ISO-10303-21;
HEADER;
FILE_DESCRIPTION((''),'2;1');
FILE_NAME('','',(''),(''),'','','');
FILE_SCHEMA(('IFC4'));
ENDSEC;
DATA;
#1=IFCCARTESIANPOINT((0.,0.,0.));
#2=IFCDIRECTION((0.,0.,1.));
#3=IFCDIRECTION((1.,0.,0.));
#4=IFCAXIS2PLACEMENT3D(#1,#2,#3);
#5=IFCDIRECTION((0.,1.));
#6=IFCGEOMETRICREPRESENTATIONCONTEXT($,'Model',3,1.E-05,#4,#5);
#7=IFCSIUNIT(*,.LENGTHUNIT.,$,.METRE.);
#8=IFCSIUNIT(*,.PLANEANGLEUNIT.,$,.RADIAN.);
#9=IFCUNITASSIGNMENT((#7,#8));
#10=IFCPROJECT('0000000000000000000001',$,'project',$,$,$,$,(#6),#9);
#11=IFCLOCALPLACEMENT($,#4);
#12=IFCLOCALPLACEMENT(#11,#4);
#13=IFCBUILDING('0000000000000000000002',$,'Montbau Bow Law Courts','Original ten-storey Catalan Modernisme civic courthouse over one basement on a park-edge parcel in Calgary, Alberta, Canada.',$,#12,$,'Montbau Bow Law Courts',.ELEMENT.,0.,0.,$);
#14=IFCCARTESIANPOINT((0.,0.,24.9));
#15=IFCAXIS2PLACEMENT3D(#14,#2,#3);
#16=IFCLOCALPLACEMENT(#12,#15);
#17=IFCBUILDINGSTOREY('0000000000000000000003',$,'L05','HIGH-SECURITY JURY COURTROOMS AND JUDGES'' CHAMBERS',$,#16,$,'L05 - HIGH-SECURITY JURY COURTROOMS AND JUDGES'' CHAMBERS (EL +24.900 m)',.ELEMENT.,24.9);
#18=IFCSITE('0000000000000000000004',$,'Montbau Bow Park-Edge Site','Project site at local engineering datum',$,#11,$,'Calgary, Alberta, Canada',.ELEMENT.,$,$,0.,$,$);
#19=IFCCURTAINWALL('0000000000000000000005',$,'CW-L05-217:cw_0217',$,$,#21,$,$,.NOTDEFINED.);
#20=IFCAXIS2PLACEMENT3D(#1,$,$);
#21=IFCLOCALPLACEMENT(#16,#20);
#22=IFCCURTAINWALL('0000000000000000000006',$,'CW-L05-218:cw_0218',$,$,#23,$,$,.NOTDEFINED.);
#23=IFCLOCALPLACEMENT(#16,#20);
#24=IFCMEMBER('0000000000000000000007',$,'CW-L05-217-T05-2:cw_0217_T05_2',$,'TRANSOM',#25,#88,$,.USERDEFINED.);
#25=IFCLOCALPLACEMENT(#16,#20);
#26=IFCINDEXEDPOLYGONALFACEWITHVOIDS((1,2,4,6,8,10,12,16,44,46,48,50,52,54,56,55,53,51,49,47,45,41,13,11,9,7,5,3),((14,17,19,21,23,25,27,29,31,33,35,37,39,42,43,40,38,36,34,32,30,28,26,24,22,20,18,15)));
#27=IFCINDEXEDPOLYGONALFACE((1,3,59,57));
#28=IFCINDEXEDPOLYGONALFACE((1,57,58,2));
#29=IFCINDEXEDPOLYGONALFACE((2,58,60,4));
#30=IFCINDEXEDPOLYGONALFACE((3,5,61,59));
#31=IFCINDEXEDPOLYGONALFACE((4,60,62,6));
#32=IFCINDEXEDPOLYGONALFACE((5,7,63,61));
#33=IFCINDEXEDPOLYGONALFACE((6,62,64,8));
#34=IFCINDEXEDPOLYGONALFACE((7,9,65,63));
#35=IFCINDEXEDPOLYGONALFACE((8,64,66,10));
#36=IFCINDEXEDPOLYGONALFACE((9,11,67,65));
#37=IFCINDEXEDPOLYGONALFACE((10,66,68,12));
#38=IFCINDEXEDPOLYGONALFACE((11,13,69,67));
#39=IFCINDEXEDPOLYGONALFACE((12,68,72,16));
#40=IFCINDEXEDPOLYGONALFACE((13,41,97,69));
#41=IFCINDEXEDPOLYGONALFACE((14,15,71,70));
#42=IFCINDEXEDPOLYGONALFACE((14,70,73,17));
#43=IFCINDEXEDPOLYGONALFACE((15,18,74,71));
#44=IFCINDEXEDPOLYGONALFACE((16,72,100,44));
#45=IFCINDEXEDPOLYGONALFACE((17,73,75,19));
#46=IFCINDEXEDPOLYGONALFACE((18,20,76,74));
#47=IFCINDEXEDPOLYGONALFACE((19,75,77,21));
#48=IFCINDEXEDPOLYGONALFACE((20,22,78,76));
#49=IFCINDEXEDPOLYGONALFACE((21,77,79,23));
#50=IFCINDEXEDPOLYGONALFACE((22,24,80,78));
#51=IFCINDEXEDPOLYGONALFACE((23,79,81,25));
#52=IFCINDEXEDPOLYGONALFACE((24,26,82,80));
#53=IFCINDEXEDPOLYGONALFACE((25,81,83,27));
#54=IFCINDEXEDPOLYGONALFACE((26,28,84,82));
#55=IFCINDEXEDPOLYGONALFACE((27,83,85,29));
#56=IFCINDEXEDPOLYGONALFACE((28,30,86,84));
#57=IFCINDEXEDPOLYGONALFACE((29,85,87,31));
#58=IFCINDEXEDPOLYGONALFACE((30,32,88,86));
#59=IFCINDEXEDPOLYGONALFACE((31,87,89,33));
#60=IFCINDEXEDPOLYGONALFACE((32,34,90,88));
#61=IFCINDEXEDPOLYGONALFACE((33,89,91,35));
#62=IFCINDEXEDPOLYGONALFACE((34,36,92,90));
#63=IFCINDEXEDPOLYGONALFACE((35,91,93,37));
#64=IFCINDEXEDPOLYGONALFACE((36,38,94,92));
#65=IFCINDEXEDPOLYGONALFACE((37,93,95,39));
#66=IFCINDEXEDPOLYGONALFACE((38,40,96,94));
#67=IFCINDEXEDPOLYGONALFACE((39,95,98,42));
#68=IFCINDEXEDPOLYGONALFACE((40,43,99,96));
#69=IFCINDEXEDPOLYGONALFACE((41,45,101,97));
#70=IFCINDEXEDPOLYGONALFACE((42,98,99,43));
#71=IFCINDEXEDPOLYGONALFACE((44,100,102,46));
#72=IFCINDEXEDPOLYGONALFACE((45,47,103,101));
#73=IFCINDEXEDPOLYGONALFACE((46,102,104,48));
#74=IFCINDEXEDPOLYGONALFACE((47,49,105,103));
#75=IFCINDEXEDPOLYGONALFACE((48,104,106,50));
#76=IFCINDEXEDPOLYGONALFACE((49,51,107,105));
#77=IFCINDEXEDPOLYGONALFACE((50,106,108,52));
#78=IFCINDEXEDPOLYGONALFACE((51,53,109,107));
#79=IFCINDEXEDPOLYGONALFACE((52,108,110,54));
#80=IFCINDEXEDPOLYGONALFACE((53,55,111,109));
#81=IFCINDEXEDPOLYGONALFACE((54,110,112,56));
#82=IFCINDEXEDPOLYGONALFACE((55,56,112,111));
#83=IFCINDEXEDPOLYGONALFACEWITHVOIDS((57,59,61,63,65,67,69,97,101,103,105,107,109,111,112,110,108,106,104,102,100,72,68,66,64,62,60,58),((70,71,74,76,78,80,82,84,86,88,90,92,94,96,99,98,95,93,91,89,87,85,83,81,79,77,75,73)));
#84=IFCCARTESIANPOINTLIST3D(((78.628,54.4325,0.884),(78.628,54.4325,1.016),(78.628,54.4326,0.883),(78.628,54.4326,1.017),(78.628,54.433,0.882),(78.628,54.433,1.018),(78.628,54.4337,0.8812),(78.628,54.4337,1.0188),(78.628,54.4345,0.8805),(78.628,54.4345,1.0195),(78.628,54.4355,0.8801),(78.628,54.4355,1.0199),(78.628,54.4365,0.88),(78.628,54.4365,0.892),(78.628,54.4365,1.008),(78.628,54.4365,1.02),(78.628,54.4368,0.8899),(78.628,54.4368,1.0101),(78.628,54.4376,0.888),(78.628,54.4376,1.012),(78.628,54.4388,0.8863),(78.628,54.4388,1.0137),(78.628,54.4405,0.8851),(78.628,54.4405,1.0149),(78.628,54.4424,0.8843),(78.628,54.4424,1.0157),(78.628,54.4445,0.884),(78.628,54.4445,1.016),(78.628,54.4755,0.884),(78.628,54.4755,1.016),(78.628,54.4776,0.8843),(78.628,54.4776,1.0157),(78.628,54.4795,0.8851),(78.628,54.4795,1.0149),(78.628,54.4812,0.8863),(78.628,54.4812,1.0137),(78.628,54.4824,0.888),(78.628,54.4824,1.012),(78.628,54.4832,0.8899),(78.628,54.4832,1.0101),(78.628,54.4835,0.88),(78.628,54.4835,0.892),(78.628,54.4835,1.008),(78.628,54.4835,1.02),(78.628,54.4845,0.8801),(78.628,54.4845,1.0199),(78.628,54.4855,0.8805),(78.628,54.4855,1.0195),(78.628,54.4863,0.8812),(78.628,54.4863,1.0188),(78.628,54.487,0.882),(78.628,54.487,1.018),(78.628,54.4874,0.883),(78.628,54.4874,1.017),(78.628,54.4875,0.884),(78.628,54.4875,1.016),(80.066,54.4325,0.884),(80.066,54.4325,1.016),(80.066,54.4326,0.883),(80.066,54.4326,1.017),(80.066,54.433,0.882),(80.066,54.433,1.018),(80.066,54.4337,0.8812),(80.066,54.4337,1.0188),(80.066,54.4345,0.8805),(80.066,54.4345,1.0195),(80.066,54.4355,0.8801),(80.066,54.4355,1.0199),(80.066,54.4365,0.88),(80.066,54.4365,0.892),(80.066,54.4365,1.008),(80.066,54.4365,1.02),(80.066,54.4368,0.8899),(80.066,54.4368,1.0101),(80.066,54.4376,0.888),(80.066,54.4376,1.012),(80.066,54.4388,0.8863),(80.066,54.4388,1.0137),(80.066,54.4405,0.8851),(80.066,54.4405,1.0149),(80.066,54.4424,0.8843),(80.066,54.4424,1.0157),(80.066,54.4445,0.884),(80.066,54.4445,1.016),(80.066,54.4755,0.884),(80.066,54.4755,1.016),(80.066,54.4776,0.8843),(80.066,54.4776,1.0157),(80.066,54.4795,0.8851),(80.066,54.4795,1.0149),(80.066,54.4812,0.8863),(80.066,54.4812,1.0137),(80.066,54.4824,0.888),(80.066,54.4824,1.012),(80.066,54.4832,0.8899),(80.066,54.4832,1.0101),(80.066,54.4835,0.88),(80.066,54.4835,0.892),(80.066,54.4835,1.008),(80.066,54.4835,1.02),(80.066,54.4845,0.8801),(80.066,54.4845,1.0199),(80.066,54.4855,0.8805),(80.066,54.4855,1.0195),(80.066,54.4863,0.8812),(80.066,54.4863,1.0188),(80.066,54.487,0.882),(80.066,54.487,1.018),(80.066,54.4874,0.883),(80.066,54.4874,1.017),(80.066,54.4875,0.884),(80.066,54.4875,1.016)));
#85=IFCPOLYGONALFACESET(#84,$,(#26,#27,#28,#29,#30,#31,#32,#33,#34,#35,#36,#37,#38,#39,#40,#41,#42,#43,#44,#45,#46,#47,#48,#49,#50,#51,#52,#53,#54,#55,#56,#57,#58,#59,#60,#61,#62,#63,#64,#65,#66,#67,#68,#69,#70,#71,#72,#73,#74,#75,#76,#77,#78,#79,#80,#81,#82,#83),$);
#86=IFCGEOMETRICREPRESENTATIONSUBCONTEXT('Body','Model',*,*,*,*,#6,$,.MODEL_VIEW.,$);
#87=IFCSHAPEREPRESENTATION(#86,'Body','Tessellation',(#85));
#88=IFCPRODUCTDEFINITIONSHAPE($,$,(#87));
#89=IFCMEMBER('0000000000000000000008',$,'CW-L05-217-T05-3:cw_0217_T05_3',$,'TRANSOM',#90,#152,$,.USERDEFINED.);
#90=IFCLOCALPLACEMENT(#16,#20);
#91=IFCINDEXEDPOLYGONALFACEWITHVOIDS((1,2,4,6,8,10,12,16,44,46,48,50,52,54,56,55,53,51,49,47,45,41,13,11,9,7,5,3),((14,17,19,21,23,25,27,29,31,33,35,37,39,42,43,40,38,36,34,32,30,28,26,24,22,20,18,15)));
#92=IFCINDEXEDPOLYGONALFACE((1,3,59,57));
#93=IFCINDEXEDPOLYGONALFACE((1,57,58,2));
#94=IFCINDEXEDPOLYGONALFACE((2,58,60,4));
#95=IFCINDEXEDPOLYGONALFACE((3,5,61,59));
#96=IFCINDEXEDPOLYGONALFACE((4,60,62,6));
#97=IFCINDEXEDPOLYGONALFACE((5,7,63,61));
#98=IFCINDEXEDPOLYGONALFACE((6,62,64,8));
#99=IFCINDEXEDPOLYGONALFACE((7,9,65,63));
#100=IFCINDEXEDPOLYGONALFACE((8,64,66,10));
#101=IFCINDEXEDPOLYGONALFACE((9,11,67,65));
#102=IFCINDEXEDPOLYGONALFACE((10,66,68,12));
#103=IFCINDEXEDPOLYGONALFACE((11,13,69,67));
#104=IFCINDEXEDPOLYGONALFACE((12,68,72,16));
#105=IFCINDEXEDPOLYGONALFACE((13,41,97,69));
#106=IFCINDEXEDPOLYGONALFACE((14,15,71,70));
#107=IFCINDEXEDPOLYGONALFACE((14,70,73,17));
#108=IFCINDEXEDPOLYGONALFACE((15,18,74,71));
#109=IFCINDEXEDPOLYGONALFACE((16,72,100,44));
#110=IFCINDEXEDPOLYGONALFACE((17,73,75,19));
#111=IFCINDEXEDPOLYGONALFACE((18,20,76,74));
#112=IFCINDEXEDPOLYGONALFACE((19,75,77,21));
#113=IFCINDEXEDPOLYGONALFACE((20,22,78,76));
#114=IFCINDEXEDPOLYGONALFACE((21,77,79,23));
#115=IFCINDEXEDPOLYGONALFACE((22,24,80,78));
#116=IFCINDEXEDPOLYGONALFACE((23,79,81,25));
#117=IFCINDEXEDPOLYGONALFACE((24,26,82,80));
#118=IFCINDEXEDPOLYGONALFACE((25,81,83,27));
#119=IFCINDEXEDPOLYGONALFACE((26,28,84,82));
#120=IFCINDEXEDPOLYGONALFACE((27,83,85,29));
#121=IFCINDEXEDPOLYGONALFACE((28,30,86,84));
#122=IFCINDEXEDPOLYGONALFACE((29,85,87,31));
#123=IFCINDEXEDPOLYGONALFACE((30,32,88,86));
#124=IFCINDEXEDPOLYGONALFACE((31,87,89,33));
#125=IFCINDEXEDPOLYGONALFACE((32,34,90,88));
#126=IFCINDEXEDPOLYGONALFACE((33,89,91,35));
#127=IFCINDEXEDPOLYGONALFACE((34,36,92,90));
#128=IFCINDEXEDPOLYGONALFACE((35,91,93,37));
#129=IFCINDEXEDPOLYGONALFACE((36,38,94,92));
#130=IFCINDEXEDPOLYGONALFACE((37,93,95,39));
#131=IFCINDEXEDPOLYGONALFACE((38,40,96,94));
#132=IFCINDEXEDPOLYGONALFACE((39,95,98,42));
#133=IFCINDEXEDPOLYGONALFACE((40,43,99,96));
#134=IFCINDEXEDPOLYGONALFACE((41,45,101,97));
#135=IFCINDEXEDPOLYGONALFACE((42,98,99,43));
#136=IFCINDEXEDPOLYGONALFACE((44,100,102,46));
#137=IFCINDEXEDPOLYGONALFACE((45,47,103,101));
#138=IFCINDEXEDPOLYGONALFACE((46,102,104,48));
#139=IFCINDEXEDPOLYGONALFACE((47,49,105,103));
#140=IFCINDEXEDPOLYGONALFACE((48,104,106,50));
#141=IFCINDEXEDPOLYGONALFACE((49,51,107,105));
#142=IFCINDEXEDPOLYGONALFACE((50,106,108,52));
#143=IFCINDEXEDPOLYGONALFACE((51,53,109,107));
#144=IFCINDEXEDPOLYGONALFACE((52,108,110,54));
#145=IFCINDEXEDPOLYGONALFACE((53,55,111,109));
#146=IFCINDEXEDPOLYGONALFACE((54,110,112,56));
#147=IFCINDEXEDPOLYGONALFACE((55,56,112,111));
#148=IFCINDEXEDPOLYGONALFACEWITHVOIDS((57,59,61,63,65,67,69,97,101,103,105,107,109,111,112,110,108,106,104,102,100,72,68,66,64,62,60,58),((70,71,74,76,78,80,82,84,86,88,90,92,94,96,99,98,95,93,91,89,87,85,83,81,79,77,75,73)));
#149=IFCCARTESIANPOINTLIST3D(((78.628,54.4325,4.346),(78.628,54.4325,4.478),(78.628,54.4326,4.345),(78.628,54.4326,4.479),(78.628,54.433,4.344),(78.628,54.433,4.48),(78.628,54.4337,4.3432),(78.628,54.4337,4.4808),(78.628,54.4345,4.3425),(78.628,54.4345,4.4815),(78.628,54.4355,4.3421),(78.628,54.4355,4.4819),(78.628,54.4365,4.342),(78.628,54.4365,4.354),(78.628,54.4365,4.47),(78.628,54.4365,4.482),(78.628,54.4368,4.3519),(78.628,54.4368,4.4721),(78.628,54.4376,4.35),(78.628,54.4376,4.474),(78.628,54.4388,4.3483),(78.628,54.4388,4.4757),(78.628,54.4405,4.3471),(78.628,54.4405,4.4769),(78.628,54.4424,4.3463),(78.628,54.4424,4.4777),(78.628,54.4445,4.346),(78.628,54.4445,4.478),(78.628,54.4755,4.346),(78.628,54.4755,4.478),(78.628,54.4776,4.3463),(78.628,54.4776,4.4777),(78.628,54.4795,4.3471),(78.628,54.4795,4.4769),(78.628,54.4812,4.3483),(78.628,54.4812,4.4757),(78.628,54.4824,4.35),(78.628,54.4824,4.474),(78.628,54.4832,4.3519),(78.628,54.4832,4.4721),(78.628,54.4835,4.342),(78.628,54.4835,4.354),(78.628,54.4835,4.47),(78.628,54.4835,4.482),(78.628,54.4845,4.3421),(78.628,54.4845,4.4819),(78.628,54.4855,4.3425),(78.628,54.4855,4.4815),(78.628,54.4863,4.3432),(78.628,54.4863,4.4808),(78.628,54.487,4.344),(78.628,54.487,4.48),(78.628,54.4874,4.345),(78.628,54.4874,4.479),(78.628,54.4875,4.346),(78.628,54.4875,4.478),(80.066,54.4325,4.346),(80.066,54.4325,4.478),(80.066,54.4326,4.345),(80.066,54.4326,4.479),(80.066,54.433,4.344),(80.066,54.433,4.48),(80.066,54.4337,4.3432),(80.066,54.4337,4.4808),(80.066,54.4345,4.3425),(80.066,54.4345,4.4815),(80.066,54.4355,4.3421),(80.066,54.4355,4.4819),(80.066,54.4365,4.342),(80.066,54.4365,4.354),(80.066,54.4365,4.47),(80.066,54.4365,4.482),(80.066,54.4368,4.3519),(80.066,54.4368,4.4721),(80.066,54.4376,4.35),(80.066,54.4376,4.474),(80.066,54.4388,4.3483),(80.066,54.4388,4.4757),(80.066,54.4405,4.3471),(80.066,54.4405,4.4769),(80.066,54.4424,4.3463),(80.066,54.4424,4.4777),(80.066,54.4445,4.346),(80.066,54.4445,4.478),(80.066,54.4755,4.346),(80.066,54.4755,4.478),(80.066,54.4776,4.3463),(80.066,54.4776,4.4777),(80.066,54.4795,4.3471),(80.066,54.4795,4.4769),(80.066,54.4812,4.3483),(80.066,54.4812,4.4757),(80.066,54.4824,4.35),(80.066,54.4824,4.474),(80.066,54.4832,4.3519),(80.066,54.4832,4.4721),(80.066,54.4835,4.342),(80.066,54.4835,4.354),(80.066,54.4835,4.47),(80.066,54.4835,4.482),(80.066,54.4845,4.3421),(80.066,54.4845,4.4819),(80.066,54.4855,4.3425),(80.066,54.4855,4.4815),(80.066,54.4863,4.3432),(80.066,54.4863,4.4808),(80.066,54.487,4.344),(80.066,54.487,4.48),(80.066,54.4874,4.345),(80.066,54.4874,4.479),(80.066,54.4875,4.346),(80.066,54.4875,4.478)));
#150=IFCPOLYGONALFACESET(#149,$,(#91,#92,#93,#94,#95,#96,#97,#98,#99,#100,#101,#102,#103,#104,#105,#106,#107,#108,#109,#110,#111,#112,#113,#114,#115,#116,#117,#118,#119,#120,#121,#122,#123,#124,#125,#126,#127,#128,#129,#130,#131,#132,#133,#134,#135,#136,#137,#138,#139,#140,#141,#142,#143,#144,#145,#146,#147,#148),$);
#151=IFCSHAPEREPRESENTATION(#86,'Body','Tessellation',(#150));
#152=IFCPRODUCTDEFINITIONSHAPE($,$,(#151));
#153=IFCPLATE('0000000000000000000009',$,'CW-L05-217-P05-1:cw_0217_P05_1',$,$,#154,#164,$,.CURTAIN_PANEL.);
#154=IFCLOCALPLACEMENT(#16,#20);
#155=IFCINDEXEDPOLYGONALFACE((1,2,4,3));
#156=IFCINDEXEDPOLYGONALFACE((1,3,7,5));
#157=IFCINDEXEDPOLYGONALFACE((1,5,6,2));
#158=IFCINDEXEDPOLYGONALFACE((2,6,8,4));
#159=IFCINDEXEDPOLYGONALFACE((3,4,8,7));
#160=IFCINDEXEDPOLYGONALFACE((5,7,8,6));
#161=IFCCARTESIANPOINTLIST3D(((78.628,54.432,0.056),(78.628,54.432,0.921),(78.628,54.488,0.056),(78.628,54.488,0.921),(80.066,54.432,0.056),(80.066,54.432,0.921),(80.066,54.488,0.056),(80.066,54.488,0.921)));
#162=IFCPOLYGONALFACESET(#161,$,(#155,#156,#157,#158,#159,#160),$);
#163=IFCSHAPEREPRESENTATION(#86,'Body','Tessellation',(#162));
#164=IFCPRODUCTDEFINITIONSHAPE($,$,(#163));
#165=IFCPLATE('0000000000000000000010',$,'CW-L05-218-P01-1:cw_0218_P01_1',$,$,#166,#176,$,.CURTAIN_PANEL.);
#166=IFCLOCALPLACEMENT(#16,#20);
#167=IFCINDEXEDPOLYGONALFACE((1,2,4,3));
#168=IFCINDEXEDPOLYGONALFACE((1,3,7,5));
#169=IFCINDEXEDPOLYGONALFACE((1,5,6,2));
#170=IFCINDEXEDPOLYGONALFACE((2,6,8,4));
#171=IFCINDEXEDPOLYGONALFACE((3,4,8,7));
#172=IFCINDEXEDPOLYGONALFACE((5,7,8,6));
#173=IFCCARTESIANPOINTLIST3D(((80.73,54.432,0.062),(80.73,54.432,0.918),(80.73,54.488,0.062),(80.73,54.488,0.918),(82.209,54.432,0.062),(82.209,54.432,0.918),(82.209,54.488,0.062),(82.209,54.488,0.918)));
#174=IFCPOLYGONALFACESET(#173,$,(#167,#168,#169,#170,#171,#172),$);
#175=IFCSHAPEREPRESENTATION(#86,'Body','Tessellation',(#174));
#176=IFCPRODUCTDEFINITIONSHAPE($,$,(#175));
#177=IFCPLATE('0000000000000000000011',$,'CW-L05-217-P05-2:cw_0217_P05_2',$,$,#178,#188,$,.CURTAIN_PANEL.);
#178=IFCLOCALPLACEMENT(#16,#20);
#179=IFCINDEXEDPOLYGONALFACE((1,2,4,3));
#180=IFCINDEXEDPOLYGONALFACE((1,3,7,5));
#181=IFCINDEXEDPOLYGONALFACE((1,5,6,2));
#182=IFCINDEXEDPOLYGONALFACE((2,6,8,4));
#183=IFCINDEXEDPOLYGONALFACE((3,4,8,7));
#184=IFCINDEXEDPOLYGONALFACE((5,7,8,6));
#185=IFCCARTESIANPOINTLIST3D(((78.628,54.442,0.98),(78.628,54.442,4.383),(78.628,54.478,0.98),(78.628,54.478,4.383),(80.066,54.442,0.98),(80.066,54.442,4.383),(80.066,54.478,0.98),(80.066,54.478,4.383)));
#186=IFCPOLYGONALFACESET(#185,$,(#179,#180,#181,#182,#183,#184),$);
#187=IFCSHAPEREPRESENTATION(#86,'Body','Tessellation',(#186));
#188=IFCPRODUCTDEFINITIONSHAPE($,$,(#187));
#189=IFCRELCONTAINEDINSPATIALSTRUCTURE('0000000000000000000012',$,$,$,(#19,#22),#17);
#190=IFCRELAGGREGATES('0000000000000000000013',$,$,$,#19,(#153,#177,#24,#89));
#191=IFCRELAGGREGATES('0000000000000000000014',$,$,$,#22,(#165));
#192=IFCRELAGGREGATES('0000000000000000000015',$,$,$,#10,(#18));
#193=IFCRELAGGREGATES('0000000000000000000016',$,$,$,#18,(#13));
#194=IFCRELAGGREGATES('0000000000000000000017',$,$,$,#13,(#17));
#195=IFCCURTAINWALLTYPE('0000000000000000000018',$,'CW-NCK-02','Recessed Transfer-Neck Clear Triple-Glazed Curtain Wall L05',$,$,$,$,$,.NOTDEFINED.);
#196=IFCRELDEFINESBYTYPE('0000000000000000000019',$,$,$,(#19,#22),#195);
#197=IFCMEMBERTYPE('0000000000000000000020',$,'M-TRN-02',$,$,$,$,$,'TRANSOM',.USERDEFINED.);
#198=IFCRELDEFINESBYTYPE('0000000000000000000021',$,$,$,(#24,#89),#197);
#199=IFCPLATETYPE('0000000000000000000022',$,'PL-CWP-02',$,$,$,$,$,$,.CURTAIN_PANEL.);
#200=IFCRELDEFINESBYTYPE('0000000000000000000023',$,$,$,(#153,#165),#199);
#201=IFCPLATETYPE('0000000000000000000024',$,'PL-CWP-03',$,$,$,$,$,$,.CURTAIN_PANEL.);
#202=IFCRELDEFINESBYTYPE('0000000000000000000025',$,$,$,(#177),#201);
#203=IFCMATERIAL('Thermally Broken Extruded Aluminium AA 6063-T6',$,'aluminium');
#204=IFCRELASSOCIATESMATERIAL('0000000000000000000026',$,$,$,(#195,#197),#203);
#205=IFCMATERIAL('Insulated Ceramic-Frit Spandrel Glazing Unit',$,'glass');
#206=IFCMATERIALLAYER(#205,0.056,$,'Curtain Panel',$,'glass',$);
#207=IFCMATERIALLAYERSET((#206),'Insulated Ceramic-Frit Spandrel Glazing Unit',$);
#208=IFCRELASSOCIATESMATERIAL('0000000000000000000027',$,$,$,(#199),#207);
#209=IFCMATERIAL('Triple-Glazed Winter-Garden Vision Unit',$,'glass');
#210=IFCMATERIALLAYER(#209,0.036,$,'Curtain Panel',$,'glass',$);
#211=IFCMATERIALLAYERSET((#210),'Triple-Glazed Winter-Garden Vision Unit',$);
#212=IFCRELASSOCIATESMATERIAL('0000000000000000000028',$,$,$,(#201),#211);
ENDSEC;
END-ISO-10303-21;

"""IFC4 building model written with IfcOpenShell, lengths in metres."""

from ifc_helpers import new_model, si_unit, direction, frame, frame_2d, origin_with_axes, origin_2d_with_axis, place, context, subcontext, project, spatial, rectangle, hollow_rectangle, extrude, material, layer, layer_set, material_profile, profile_set, type_object, element, aggregate, save


model = new_model("IFC4")

# Units and contexts
model_context = context("Model", 3, precision=1e-05, world=origin_with_axes(), true_north=direction((0.0, 1.0)))
body_context = subcontext(model_context, "Body", "Model", "MODEL_VIEW")
ifc_project = project(units=[si_unit("LENGTHUNIT", "METRE"), si_unit("PLANEANGLEUNIT", "RADIAN")], contexts=[model_context])

# Site, building, storey
site_placement = place(None, origin_with_axes())
site = spatial("IfcSite", under=ifc_project, at=site_placement, Name="Montbau Bow Park-Edge Site", Description="Project site at local engineering datum", LongName="Calgary, Alberta, Canada", CompositionType="ELEMENT", RefElevation=0.0)
building_placement = place(site_placement, origin_with_axes())
building = spatial("IfcBuilding", under=site, at=building_placement, Name="Montbau Bow Law Courts", Description="Original ten-storey Catalan Modernisme civic courthouse over one basement on a park-edge parcel in Calgary, Alberta, Canada.", LongName="Montbau Bow Law Courts", CompositionType="ELEMENT", ElevationOfRefHeight=0.0, ElevationOfTerrain=0.0)
storey_placement = place(building_placement, frame((0.0, 0.0, 24.9), z_axis=(0.0, 0.0, 1.0), x_axis=(1.0, 0.0, 0.0)))
storey = spatial("IfcBuildingStorey", under=building, at=storey_placement, Name="L05", Description="HIGH-SECURITY JURY COURTROOMS AND JUDGES' CHAMBERS", LongName="L05 - HIGH-SECURITY JURY COURTROOMS AND JUDGES' CHAMBERS (EL +24.900 m)", CompositionType="ELEMENT", Elevation=24.9)

# Curtain walls
ifc_material_1 = material(Name="Thermally Broken Extruded Aluminium AA 6063-T6", Category="aluminium")
curtain_wall_type = type_object("IfcCurtainWallType", Name="CW-NCK-02", Description="Recessed Transfer-Neck Clear Triple-Glazed Curtain Wall L05", PredefinedType="NOTDEFINED", material=ifc_material_1)
curtain_wall_1_placement = place(None, frame((72.44, 54.46, 24.9), z_axis=(0.0, 0.0, 1.0), x_axis=(1.0, 0.0, 0.0)))
curtain_wall_1 = element("IfcCurtainWall", 1, at=curtain_wall_1_placement, inside=storey, type_object=curtain_wall_type, Name="CW-L05-217:cw_0217", PredefinedType="NOTDEFINED")
curtain_wall_2_placement = place(None, frame((80.668, 54.46, 24.9), z_axis=(0.0, 0.0, 1.0), x_axis=(1.0, 0.0, 0.0)))
curtain_wall_2 = element("IfcCurtainWall", 2, at=curtain_wall_2_placement, inside=storey, type_object=curtain_wall_type, Name="CW-L05-218:cw_0218", PredefinedType="NOTDEFINED")

# Members
ifc_material_profile_1 = material_profile(ifc_material_1, hollow_rectangle(XDim=0.055, YDim=0.14, WallThickness=0.004, InnerFilletRadius=0.008, OuterFilletRadius=0.004, at=origin_2d_with_axis()), Name="CWT-140X55", Category="Main", Priority=0)
ifc_profile_set_1 = profile_set([ifc_material_profile_1], Name="Thermally Broken Extruded Aluminium AA 6063-T6")
member_type_1 = type_object("IfcMemberType", Name="M-TRN-02", ElementType="TRANSOM", PredefinedType="USERDEFINED", material=ifc_profile_set_1)
member_1_placement = place(None, frame((78.628, 54.46, 25.85), z_axis=(1.0, 0.0, 0.0), x_axis=(0.0, 1.0, 0.0)))
member_1 = element("IfcMember", 3, at=member_1_placement, type_object=member_type_1, Name="CW-L05-217-T05-2:cw_0217_T05_2", ObjectType="TRANSOM", PredefinedType="USERDEFINED", context=body_context, shape_type="SweptSolid", body=[
    extrude(hollow_rectangle(XDim=0.055, YDim=0.14, WallThickness=0.004, InnerFilletRadius=0.008, OuterFilletRadius=0.004, at=origin_2d_with_axis()), origin_with_axes(), (0.0, 0.0, 1.0), 1.438),
])
member_2_placement = place(None, frame((78.628, 54.46, 29.312), z_axis=(1.0, 0.0, 0.0), x_axis=(0.0, 1.0, 0.0)))
member_2 = element("IfcMember", 4, at=member_2_placement, type_object=member_type_1, Name="CW-L05-217-T05-3:cw_0217_T05_3", ObjectType="TRANSOM", PredefinedType="USERDEFINED", context=body_context, shape_type="SweptSolid", body=[
    extrude(hollow_rectangle(XDim=0.055, YDim=0.14, WallThickness=0.004, InnerFilletRadius=0.008, OuterFilletRadius=0.004, at=origin_2d_with_axis()), origin_with_axes(), (0.0, 0.0, 1.0), 1.438),
])

# Plates
ifc_material_2 = material(Name="Insulated Ceramic-Frit Spandrel Glazing Unit", Category="glass")
ifc_layer_1 = layer(ifc_material_2, 0.056, Name="Curtain Panel", Category="glass")
ifc_layer_set_1 = layer_set([ifc_layer_1], Name="Insulated Ceramic-Frit Spandrel Glazing Unit")
plate_type_1 = type_object("IfcPlateType", Name="PL-CWP-02", PredefinedType="CURTAIN_PANEL", material=ifc_layer_set_1)
plate_1_placement = place(None, frame((78.628, 54.46, 24.956), z_axis=(0.0, -1.0, 0.0), x_axis=(1.0, 0.0, 0.0)))
plate_1 = element("IfcPlate", 5, at=plate_1_placement, type_object=plate_type_1, Name="CW-L05-217-P05-1:cw_0217_P05_1", PredefinedType="CURTAIN_PANEL", context=body_context, shape_type="SweptSolid", body=[
    extrude(rectangle(XDim=1.438, YDim=0.865, at=frame_2d((0.719, 0.4325), x_axis=(1.0, 0.0))), frame((0.0, 0.0, -0.028), z_axis=(0.0, 0.0, 1.0), x_axis=(1.0, 0.0, 0.0)), (0.0, 0.0, 1.0), 0.056),
])
plate_2_placement = place(None, frame((80.73, 54.46, 24.962), z_axis=(0.0, -1.0, 0.0), x_axis=(1.0, 0.0, 0.0)))
plate_2 = element("IfcPlate", 6, at=plate_2_placement, type_object=plate_type_1, Name="CW-L05-218-P01-1:cw_0218_P01_1", PredefinedType="CURTAIN_PANEL", context=body_context, shape_type="SweptSolid", body=[
    extrude(rectangle(XDim=1.479, YDim=0.856, at=frame_2d((0.7395, 0.428), x_axis=(1.0, 0.0))), frame((0.0, 0.0, -0.028), z_axis=(0.0, 0.0, 1.0), x_axis=(1.0, 0.0, 0.0)), (0.0, 0.0, 1.0), 0.056),
])
ifc_material_3 = material(Name="Triple-Glazed Winter-Garden Vision Unit", Category="glass")
ifc_layer_2 = layer(ifc_material_3, 0.036, Name="Curtain Panel", Category="glass")
ifc_layer_set_2 = layer_set([ifc_layer_2], Name="Triple-Glazed Winter-Garden Vision Unit")
plate_type_2 = type_object("IfcPlateType", Name="PL-CWP-03", PredefinedType="CURTAIN_PANEL", material=ifc_layer_set_2)
plate_3_placement = place(None, frame((78.628, 54.46, 25.88), z_axis=(0.0, -1.0, 0.0), x_axis=(1.0, 0.0, 0.0)))
plate_3 = element("IfcPlate", 7, at=plate_3_placement, type_object=plate_type_2, Name="CW-L05-217-P05-2:cw_0217_P05_2", PredefinedType="CURTAIN_PANEL", context=body_context, shape_type="SweptSolid", body=[
    extrude(rectangle(XDim=1.438, YDim=3.403, at=frame_2d((0.719, 1.7015), x_axis=(1.0, 0.0))), frame((0.0, 0.0, -0.018), z_axis=(0.0, 0.0, 1.0), x_axis=(1.0, 0.0, 0.0)), (0.0, 0.0, 1.0), 0.036),
])
aggregate(curtain_wall_1, [plate_1, plate_3, member_1, member_2])
aggregate(curtain_wall_2, [plate_2])

save(model, "model.ifc")
